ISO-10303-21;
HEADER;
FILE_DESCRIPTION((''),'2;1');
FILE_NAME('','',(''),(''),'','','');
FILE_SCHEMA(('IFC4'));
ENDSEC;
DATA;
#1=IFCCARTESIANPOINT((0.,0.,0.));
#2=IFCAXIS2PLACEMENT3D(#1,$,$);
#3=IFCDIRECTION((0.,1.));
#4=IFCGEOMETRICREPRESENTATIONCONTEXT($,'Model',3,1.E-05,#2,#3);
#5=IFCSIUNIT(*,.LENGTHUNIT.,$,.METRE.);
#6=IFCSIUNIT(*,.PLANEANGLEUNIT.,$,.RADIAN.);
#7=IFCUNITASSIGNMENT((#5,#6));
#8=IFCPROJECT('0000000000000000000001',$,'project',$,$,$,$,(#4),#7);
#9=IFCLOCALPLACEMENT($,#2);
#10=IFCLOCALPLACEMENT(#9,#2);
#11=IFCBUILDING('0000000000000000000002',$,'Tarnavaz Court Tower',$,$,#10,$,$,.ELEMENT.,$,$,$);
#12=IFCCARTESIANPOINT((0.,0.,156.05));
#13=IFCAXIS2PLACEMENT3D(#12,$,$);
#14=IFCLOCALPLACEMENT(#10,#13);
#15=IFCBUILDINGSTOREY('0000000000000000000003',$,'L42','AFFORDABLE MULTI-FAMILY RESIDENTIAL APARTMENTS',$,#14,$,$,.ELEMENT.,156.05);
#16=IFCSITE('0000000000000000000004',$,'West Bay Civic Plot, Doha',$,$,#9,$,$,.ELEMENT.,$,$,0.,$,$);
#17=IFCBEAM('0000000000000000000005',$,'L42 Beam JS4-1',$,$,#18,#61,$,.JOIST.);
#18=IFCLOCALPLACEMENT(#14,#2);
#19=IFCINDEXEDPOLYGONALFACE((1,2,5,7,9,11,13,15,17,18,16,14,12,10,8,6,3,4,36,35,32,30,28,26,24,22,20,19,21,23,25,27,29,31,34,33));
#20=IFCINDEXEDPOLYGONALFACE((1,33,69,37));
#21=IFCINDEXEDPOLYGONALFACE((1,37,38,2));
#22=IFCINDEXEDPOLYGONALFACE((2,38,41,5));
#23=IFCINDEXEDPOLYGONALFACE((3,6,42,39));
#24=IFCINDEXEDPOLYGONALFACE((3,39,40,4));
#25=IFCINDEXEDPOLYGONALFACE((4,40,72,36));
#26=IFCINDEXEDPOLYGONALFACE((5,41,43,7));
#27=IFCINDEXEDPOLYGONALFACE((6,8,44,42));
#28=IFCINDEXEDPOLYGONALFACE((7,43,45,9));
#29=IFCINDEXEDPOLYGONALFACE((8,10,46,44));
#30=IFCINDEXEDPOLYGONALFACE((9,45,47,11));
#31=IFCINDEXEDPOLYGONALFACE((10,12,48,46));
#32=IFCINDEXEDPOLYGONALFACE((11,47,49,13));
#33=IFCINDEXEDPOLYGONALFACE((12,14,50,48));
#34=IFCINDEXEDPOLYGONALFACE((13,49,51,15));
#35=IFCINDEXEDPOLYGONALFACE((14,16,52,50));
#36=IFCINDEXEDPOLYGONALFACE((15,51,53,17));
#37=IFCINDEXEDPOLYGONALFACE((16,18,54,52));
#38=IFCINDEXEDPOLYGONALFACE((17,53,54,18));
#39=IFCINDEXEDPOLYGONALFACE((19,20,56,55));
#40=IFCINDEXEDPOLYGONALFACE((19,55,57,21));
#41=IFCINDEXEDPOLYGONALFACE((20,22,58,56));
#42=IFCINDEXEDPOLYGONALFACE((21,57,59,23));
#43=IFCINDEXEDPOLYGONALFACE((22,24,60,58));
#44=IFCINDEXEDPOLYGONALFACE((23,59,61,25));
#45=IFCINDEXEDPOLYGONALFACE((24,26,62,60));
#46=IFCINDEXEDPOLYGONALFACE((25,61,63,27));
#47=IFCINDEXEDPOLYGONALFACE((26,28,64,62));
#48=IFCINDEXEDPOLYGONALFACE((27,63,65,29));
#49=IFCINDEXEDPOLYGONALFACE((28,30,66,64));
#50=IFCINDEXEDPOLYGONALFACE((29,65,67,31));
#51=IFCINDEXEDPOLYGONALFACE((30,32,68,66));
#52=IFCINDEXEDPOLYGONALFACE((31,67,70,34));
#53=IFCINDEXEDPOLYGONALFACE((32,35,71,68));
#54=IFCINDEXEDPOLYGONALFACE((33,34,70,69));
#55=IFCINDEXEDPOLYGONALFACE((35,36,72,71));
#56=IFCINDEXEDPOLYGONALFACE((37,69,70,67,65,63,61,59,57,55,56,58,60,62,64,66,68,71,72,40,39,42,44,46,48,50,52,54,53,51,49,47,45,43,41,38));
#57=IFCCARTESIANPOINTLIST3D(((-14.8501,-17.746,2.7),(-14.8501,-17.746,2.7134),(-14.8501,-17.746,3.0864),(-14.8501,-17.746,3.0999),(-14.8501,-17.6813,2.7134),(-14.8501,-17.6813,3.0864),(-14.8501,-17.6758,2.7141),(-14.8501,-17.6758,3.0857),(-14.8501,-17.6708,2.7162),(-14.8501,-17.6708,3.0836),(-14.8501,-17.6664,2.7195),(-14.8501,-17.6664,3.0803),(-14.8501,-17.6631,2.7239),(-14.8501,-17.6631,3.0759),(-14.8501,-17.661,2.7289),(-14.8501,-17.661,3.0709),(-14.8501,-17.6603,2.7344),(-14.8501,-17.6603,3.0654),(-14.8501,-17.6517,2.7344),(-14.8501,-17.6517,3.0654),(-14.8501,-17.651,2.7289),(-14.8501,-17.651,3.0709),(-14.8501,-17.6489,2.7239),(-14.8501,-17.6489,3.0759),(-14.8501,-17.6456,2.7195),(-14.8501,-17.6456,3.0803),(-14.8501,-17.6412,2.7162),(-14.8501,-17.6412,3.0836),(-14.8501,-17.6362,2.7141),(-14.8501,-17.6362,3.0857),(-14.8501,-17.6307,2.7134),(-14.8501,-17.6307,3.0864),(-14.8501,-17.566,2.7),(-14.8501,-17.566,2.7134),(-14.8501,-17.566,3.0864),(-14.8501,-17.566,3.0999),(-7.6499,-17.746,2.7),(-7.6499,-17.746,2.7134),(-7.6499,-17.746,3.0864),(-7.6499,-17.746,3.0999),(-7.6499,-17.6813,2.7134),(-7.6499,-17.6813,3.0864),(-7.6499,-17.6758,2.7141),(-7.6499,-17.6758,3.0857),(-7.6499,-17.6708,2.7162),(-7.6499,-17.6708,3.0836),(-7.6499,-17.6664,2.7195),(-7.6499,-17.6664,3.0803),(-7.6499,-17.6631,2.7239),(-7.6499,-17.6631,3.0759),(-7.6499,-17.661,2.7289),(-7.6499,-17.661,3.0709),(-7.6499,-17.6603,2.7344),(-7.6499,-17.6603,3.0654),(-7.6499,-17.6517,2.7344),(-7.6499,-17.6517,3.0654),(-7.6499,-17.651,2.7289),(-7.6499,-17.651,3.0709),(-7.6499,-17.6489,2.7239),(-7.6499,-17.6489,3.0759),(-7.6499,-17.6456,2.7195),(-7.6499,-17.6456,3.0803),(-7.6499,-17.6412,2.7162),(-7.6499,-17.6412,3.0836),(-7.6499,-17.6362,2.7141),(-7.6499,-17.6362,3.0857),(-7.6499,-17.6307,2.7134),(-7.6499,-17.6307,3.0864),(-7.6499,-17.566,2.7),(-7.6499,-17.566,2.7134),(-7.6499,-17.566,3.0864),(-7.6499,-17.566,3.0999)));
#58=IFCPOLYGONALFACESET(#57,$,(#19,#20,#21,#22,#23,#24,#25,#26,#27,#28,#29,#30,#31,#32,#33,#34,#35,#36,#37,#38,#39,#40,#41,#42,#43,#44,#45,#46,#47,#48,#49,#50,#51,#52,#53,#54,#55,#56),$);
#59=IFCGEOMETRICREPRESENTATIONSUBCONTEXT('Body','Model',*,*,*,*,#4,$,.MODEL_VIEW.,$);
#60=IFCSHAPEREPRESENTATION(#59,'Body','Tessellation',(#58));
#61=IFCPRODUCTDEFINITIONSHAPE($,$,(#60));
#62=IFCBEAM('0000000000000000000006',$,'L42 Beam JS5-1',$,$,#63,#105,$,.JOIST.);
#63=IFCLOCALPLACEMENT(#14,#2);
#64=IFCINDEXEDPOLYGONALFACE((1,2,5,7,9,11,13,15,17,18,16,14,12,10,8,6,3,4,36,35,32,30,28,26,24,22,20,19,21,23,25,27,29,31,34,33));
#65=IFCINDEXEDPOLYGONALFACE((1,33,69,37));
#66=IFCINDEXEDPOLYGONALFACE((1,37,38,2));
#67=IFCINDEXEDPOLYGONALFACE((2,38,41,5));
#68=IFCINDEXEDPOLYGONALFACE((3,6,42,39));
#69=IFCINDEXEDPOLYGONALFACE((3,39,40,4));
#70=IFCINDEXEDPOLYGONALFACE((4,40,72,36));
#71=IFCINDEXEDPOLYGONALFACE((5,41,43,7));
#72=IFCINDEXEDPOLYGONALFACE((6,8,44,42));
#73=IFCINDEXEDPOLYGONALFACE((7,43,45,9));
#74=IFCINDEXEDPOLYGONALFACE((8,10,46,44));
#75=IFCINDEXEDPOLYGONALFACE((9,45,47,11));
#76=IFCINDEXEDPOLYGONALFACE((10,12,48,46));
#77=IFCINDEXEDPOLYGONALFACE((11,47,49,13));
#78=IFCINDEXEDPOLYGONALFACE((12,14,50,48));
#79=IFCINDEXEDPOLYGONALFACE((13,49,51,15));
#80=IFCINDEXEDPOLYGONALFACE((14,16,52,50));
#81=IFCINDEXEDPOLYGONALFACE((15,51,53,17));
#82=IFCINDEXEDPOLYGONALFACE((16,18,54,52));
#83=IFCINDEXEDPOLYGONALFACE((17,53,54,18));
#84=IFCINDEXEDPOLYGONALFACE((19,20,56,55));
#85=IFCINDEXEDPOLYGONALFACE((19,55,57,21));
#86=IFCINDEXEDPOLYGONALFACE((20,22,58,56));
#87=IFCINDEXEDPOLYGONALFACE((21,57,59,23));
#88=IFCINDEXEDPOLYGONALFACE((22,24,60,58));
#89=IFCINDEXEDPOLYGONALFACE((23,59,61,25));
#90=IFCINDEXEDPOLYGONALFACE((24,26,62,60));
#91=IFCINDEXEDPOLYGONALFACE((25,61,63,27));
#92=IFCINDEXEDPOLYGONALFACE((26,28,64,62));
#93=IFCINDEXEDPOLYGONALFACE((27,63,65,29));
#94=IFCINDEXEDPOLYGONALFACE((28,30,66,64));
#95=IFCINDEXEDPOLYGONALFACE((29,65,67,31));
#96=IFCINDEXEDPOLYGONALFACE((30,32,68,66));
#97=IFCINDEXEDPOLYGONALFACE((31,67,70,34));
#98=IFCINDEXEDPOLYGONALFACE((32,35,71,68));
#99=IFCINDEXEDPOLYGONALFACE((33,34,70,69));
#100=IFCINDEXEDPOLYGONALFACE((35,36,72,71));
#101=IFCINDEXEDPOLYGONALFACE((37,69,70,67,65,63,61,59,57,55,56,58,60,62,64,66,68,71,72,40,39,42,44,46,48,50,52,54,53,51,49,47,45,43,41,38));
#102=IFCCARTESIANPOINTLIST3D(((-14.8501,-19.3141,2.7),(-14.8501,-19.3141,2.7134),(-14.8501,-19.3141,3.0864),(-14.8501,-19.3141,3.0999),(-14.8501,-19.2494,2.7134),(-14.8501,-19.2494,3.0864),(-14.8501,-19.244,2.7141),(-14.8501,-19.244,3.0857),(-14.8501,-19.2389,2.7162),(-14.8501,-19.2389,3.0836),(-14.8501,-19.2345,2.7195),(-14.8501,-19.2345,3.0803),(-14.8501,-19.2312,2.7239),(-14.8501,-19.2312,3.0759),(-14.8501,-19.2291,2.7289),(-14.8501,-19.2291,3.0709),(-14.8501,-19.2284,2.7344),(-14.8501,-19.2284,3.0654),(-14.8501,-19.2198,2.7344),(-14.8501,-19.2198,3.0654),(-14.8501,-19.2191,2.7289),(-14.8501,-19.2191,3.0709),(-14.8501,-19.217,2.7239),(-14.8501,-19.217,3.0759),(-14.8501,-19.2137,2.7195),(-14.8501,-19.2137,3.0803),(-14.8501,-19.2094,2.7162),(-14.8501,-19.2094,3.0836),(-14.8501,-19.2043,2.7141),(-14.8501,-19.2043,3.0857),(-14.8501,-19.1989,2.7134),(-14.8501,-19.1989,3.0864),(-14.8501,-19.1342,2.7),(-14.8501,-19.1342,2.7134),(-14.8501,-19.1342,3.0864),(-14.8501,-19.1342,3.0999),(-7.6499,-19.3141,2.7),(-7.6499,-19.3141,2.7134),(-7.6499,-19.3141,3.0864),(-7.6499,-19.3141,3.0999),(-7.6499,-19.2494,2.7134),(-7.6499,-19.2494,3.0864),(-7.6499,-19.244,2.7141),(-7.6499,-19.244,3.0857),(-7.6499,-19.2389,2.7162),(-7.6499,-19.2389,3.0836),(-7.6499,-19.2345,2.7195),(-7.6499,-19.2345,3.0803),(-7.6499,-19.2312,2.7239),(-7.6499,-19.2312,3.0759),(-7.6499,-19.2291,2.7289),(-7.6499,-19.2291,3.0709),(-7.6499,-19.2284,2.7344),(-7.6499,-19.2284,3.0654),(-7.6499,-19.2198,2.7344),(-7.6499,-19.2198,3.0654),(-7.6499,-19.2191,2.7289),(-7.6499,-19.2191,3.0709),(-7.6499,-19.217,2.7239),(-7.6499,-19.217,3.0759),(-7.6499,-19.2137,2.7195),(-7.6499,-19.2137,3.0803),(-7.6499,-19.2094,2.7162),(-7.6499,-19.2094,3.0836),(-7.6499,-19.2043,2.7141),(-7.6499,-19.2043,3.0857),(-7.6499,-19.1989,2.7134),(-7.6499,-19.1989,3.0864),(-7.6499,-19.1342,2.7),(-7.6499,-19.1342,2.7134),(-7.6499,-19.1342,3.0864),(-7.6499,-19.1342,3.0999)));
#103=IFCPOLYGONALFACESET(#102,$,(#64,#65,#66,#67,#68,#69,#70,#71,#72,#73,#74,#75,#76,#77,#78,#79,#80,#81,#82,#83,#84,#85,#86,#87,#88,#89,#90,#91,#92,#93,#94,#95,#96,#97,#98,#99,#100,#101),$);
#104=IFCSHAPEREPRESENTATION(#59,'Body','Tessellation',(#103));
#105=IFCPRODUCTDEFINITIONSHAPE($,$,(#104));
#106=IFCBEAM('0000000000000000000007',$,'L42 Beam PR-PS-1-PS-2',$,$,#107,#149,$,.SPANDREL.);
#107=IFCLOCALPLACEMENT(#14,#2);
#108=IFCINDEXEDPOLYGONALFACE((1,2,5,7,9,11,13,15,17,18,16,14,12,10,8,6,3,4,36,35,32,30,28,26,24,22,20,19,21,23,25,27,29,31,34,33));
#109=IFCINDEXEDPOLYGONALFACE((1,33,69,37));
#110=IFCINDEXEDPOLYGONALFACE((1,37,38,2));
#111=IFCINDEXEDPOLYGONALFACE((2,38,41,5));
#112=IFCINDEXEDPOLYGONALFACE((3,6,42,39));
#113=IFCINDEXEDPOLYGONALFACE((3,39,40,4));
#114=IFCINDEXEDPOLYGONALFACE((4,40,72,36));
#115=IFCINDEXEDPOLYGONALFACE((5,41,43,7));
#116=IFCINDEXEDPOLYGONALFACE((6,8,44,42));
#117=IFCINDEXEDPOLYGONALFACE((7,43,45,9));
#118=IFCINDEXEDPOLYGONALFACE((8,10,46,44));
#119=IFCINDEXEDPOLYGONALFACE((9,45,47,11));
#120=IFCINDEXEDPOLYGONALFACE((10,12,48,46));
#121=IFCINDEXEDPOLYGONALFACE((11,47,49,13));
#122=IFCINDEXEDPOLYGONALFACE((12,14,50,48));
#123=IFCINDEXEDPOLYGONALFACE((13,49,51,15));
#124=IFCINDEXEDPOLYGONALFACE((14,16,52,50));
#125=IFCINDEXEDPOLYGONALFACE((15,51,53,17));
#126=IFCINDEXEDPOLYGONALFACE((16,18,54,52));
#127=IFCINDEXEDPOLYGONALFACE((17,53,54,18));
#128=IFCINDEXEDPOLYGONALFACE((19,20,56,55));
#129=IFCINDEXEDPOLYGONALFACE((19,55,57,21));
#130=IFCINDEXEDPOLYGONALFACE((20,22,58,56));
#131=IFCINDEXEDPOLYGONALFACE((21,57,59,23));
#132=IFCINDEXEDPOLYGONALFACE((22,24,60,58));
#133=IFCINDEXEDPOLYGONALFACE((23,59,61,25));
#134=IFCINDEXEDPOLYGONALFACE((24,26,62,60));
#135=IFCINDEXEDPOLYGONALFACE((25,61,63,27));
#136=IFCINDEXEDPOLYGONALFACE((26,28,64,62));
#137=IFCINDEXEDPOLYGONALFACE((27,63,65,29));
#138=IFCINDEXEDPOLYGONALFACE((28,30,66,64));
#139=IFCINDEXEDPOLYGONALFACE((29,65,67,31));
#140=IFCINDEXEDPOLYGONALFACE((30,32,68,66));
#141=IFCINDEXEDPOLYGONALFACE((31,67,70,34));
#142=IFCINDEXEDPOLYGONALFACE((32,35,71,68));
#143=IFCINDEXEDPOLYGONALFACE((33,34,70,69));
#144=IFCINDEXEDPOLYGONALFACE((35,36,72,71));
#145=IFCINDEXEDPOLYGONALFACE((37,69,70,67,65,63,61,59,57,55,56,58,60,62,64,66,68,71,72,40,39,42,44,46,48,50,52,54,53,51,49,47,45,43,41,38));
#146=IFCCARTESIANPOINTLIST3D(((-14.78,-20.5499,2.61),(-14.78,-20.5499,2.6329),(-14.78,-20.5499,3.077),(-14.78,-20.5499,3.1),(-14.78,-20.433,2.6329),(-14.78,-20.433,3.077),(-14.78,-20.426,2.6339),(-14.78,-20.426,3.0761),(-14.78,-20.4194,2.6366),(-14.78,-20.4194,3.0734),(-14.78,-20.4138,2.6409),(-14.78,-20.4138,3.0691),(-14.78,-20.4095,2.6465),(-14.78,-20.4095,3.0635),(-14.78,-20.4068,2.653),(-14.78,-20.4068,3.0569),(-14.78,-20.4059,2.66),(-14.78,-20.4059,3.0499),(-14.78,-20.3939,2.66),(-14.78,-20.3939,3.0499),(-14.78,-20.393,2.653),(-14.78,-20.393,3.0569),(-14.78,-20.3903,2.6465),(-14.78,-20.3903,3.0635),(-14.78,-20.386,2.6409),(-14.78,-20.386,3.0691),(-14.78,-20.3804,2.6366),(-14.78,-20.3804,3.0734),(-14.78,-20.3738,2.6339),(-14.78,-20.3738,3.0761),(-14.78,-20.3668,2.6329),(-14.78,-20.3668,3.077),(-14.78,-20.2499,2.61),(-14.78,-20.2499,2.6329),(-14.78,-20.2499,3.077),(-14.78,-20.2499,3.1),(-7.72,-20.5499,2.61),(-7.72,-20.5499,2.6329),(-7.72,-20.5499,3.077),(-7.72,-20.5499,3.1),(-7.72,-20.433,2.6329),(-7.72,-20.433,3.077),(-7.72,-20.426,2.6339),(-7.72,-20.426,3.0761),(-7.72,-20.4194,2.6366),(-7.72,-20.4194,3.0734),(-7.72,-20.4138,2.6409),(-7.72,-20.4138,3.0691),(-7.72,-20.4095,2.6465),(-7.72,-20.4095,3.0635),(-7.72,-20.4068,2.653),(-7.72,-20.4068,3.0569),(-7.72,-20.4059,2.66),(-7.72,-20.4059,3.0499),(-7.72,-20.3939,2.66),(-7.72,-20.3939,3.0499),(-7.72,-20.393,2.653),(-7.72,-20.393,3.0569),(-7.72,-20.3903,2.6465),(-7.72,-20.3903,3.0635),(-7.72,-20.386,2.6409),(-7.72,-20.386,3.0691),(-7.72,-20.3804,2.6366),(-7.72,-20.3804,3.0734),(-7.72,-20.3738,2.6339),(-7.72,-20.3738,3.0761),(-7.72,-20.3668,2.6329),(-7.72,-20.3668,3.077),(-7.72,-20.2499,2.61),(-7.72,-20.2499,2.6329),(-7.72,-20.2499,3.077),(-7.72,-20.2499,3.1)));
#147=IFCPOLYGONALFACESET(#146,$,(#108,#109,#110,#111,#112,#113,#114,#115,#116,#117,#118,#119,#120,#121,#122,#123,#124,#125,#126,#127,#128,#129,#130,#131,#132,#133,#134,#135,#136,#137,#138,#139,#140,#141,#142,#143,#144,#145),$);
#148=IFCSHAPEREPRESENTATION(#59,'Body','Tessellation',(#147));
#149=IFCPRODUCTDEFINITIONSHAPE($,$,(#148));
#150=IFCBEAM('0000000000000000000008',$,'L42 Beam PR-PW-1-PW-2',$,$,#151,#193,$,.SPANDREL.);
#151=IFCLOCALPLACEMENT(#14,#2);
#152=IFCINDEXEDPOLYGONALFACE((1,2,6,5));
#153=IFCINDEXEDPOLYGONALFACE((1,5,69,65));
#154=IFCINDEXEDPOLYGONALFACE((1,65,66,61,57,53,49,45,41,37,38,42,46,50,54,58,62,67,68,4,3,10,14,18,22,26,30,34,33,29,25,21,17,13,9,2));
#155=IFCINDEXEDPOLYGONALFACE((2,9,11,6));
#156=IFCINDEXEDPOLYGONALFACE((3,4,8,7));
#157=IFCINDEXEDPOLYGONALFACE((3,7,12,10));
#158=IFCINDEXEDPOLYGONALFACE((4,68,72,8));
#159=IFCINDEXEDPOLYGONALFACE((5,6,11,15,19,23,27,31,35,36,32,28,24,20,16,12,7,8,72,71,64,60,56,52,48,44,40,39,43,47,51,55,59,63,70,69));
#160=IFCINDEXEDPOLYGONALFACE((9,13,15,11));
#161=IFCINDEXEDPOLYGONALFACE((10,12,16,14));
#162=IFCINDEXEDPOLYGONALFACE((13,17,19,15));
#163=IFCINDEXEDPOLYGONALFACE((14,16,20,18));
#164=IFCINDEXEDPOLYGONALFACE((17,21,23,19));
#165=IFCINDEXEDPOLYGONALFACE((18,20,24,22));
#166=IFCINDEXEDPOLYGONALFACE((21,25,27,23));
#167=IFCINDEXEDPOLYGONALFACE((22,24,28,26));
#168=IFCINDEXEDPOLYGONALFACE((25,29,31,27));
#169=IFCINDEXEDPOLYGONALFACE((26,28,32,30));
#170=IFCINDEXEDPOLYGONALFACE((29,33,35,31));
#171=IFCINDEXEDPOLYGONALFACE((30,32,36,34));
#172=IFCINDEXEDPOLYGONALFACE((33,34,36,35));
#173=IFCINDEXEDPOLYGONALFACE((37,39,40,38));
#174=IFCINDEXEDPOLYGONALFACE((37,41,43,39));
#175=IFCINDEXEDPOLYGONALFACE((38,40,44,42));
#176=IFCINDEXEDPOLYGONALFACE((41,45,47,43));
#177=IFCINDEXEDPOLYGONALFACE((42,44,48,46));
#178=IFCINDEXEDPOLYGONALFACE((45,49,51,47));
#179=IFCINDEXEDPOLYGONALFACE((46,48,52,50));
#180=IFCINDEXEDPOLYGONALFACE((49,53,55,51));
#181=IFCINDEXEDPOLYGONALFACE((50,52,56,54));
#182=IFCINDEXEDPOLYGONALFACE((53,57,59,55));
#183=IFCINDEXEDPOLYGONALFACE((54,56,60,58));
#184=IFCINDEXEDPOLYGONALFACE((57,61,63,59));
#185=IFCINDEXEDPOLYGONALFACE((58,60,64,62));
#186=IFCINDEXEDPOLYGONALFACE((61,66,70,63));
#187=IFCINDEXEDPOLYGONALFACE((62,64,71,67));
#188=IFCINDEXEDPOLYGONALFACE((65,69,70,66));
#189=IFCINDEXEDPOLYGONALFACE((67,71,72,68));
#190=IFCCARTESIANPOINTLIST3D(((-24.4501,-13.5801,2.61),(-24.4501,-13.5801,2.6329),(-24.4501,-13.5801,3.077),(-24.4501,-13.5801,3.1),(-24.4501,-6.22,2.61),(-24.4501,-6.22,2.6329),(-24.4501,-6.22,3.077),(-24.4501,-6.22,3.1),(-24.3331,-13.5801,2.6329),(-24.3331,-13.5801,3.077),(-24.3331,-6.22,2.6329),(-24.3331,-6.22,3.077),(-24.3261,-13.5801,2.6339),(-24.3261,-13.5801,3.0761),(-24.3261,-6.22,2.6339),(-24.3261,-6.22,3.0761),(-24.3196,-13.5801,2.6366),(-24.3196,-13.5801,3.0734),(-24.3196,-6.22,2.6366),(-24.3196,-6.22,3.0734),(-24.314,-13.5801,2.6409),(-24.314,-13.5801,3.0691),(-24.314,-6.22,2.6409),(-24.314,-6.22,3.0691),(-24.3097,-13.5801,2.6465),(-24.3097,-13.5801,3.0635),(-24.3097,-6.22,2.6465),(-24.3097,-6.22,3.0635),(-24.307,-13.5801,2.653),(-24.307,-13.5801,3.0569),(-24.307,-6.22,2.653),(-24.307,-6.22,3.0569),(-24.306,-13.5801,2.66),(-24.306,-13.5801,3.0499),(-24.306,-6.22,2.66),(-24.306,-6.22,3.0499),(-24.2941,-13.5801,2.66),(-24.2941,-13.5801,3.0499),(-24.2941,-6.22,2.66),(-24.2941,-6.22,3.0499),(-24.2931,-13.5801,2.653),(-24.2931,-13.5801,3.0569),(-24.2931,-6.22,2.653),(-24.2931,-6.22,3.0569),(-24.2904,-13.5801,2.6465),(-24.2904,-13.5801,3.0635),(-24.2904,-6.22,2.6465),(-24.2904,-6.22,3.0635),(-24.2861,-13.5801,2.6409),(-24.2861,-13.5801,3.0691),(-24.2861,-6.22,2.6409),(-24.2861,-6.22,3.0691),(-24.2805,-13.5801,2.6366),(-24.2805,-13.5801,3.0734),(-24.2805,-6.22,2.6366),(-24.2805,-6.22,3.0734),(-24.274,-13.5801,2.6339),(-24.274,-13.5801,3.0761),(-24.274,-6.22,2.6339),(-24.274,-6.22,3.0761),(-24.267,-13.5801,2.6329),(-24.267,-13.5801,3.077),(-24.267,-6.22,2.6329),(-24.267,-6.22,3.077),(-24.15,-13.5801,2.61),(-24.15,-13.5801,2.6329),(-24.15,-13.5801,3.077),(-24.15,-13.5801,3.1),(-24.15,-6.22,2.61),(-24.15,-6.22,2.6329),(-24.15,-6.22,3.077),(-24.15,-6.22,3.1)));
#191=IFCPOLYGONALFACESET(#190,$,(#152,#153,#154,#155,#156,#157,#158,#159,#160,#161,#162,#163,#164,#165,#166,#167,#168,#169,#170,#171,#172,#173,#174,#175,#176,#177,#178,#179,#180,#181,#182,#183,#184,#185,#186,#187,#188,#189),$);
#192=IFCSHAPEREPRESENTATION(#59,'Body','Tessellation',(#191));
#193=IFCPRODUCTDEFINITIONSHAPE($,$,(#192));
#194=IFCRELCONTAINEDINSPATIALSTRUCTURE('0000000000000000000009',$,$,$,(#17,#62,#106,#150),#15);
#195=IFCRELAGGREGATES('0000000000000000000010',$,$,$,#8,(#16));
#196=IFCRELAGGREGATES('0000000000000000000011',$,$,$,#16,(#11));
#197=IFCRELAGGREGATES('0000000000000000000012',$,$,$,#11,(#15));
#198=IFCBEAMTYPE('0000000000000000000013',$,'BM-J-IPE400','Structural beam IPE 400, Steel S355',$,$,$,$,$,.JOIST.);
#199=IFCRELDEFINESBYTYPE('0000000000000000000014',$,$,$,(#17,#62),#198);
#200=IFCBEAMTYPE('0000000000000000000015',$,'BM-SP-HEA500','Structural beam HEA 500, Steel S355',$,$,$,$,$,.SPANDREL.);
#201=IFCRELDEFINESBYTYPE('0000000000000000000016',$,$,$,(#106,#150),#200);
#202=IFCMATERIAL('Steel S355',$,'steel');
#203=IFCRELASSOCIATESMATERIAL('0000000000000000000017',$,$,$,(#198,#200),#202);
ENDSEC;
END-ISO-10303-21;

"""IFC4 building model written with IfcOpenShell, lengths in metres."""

from ifc_helpers import new_model, si_unit, direction, frame, origin, origin_2d, place, context, subcontext, project, spatial, i_section, extrude, material, material_profile, profile_set, type_object, element, save


model = new_model("IFC4")

# Units and contexts
model_context = context("Model", 3, precision=1e-05, world=origin(), true_north=direction((0.0, 1.0)))
body_context = subcontext(model_context, "Body", "Model", "MODEL_VIEW")
ifc_project = project(units=[si_unit("LENGTHUNIT", "METRE"), si_unit("PLANEANGLEUNIT", "RADIAN")], contexts=[model_context])

# Site, building, storey
site_placement = place(None, origin())
site = spatial("IfcSite", under=ifc_project, at=site_placement, Name="West Bay Civic Plot, Doha", CompositionType="ELEMENT", RefElevation=0.0)
building_placement = place(site_placement, origin())
building = spatial("IfcBuilding", under=site, at=building_placement, Name="Tarnavaz Court Tower", CompositionType="ELEMENT")
storey_placement = place(building_placement, frame((0.0, 0.0, 156.05)))
storey = spatial("IfcBuildingStorey", under=building, at=storey_placement, Name="L42", Description="AFFORDABLE MULTI-FAMILY RESIDENTIAL APARTMENTS", CompositionType="ELEMENT", Elevation=156.05)

# Beams
ifc_material_1 = material(Name="Steel S355", Category="steel")
ifc_material_profile_1 = material_profile(ifc_material_1, i_section(OverallWidth=0.1799, OverallDepth=0.3999, WebThickness=0.0085, FlangeThickness=0.0134, FilletRadius=0.021, at=origin_2d()), Name="IPE 400")
ifc_profile_set_1 = profile_set([ifc_material_profile_1], Name="Steel S355")
beam_type_1 = type_object("IfcBeamType", Name="BM-J-IPE400", Description="Structural beam IPE 400, Steel S355", PredefinedType="JOIST", material=ifc_profile_set_1)
for number, where, z_axis, x_axis, name in (
    (1, (-14.8501, -17.656, 2.8999), (1.0, 0.0, 0.0), (0.0, 1.0, 0.0), "L42 Beam JS4-1"),
    (2, (-14.8501, -19.2241, 2.8999), (1.0, 0.0, 0.0), (0.0, 1.0, 0.0), "L42 Beam JS5-1"),
):
    element("IfcBeam", number, at=place(storey_placement, frame(where, z_axis=z_axis, x_axis=x_axis)), inside=storey, type_object=beam_type_1, Name=name, PredefinedType="JOIST", context=body_context, shape_type="SweptSolid", body=[
        extrude(i_section(OverallWidth=0.1799, OverallDepth=0.3999, WebThickness=0.0085, FlangeThickness=0.0134, FilletRadius=0.021, at=origin_2d()), origin(), (0.0, 0.0, 1.0), 7.2002),
    ])
ifc_material_profile_2 = material_profile(ifc_material_1, i_section(OverallWidth=0.3, OverallDepth=0.49, WebThickness=0.012, FlangeThickness=0.0229, FilletRadius=0.0271, at=origin_2d()), Name="HEA 500")
ifc_profile_set_2 = profile_set([ifc_material_profile_2], Name="Steel S355")
beam_type_2 = type_object("IfcBeamType", Name="BM-SP-HEA500", Description="Structural beam HEA 500, Steel S355", PredefinedType="SPANDREL", material=ifc_profile_set_2)
beam_1_placement = place(storey_placement, frame((-14.78, -20.3999, 2.855), z_axis=(1.0, 0.0, 0.0), x_axis=(0.0, 1.0, 0.0)))
element("IfcBeam", 3, at=beam_1_placement, inside=storey, type_object=beam_type_2, Name="L42 Beam PR-PS-1-PS-2", PredefinedType="SPANDREL", context=body_context, shape_type="SweptSolid", body=[
    extrude(i_section(OverallWidth=0.3, OverallDepth=0.49, WebThickness=0.012, FlangeThickness=0.0229, FilletRadius=0.0271, at=origin_2d()), origin(), (0.0, 0.0, 1.0), 7.0601),
])
beam_2_placement = place(storey_placement, frame((-24.3, -13.5801, 2.855), z_axis=(0.0, 1.0, 0.0), x_axis=(-1.0, 0.0, 0.0)))
element("IfcBeam", 4, at=beam_2_placement, inside=storey, type_object=beam_type_2, Name="L42 Beam PR-PW-1-PW-2", PredefinedType="SPANDREL", context=body_context, shape_type="SweptSolid", body=[
    extrude(i_section(OverallWidth=0.3, OverallDepth=0.49, WebThickness=0.012, FlangeThickness=0.0229, FilletRadius=0.0271, at=origin_2d()), origin(), (0.0, 0.0, 1.0), 7.3601),
])

save(model, "model.ifc")
